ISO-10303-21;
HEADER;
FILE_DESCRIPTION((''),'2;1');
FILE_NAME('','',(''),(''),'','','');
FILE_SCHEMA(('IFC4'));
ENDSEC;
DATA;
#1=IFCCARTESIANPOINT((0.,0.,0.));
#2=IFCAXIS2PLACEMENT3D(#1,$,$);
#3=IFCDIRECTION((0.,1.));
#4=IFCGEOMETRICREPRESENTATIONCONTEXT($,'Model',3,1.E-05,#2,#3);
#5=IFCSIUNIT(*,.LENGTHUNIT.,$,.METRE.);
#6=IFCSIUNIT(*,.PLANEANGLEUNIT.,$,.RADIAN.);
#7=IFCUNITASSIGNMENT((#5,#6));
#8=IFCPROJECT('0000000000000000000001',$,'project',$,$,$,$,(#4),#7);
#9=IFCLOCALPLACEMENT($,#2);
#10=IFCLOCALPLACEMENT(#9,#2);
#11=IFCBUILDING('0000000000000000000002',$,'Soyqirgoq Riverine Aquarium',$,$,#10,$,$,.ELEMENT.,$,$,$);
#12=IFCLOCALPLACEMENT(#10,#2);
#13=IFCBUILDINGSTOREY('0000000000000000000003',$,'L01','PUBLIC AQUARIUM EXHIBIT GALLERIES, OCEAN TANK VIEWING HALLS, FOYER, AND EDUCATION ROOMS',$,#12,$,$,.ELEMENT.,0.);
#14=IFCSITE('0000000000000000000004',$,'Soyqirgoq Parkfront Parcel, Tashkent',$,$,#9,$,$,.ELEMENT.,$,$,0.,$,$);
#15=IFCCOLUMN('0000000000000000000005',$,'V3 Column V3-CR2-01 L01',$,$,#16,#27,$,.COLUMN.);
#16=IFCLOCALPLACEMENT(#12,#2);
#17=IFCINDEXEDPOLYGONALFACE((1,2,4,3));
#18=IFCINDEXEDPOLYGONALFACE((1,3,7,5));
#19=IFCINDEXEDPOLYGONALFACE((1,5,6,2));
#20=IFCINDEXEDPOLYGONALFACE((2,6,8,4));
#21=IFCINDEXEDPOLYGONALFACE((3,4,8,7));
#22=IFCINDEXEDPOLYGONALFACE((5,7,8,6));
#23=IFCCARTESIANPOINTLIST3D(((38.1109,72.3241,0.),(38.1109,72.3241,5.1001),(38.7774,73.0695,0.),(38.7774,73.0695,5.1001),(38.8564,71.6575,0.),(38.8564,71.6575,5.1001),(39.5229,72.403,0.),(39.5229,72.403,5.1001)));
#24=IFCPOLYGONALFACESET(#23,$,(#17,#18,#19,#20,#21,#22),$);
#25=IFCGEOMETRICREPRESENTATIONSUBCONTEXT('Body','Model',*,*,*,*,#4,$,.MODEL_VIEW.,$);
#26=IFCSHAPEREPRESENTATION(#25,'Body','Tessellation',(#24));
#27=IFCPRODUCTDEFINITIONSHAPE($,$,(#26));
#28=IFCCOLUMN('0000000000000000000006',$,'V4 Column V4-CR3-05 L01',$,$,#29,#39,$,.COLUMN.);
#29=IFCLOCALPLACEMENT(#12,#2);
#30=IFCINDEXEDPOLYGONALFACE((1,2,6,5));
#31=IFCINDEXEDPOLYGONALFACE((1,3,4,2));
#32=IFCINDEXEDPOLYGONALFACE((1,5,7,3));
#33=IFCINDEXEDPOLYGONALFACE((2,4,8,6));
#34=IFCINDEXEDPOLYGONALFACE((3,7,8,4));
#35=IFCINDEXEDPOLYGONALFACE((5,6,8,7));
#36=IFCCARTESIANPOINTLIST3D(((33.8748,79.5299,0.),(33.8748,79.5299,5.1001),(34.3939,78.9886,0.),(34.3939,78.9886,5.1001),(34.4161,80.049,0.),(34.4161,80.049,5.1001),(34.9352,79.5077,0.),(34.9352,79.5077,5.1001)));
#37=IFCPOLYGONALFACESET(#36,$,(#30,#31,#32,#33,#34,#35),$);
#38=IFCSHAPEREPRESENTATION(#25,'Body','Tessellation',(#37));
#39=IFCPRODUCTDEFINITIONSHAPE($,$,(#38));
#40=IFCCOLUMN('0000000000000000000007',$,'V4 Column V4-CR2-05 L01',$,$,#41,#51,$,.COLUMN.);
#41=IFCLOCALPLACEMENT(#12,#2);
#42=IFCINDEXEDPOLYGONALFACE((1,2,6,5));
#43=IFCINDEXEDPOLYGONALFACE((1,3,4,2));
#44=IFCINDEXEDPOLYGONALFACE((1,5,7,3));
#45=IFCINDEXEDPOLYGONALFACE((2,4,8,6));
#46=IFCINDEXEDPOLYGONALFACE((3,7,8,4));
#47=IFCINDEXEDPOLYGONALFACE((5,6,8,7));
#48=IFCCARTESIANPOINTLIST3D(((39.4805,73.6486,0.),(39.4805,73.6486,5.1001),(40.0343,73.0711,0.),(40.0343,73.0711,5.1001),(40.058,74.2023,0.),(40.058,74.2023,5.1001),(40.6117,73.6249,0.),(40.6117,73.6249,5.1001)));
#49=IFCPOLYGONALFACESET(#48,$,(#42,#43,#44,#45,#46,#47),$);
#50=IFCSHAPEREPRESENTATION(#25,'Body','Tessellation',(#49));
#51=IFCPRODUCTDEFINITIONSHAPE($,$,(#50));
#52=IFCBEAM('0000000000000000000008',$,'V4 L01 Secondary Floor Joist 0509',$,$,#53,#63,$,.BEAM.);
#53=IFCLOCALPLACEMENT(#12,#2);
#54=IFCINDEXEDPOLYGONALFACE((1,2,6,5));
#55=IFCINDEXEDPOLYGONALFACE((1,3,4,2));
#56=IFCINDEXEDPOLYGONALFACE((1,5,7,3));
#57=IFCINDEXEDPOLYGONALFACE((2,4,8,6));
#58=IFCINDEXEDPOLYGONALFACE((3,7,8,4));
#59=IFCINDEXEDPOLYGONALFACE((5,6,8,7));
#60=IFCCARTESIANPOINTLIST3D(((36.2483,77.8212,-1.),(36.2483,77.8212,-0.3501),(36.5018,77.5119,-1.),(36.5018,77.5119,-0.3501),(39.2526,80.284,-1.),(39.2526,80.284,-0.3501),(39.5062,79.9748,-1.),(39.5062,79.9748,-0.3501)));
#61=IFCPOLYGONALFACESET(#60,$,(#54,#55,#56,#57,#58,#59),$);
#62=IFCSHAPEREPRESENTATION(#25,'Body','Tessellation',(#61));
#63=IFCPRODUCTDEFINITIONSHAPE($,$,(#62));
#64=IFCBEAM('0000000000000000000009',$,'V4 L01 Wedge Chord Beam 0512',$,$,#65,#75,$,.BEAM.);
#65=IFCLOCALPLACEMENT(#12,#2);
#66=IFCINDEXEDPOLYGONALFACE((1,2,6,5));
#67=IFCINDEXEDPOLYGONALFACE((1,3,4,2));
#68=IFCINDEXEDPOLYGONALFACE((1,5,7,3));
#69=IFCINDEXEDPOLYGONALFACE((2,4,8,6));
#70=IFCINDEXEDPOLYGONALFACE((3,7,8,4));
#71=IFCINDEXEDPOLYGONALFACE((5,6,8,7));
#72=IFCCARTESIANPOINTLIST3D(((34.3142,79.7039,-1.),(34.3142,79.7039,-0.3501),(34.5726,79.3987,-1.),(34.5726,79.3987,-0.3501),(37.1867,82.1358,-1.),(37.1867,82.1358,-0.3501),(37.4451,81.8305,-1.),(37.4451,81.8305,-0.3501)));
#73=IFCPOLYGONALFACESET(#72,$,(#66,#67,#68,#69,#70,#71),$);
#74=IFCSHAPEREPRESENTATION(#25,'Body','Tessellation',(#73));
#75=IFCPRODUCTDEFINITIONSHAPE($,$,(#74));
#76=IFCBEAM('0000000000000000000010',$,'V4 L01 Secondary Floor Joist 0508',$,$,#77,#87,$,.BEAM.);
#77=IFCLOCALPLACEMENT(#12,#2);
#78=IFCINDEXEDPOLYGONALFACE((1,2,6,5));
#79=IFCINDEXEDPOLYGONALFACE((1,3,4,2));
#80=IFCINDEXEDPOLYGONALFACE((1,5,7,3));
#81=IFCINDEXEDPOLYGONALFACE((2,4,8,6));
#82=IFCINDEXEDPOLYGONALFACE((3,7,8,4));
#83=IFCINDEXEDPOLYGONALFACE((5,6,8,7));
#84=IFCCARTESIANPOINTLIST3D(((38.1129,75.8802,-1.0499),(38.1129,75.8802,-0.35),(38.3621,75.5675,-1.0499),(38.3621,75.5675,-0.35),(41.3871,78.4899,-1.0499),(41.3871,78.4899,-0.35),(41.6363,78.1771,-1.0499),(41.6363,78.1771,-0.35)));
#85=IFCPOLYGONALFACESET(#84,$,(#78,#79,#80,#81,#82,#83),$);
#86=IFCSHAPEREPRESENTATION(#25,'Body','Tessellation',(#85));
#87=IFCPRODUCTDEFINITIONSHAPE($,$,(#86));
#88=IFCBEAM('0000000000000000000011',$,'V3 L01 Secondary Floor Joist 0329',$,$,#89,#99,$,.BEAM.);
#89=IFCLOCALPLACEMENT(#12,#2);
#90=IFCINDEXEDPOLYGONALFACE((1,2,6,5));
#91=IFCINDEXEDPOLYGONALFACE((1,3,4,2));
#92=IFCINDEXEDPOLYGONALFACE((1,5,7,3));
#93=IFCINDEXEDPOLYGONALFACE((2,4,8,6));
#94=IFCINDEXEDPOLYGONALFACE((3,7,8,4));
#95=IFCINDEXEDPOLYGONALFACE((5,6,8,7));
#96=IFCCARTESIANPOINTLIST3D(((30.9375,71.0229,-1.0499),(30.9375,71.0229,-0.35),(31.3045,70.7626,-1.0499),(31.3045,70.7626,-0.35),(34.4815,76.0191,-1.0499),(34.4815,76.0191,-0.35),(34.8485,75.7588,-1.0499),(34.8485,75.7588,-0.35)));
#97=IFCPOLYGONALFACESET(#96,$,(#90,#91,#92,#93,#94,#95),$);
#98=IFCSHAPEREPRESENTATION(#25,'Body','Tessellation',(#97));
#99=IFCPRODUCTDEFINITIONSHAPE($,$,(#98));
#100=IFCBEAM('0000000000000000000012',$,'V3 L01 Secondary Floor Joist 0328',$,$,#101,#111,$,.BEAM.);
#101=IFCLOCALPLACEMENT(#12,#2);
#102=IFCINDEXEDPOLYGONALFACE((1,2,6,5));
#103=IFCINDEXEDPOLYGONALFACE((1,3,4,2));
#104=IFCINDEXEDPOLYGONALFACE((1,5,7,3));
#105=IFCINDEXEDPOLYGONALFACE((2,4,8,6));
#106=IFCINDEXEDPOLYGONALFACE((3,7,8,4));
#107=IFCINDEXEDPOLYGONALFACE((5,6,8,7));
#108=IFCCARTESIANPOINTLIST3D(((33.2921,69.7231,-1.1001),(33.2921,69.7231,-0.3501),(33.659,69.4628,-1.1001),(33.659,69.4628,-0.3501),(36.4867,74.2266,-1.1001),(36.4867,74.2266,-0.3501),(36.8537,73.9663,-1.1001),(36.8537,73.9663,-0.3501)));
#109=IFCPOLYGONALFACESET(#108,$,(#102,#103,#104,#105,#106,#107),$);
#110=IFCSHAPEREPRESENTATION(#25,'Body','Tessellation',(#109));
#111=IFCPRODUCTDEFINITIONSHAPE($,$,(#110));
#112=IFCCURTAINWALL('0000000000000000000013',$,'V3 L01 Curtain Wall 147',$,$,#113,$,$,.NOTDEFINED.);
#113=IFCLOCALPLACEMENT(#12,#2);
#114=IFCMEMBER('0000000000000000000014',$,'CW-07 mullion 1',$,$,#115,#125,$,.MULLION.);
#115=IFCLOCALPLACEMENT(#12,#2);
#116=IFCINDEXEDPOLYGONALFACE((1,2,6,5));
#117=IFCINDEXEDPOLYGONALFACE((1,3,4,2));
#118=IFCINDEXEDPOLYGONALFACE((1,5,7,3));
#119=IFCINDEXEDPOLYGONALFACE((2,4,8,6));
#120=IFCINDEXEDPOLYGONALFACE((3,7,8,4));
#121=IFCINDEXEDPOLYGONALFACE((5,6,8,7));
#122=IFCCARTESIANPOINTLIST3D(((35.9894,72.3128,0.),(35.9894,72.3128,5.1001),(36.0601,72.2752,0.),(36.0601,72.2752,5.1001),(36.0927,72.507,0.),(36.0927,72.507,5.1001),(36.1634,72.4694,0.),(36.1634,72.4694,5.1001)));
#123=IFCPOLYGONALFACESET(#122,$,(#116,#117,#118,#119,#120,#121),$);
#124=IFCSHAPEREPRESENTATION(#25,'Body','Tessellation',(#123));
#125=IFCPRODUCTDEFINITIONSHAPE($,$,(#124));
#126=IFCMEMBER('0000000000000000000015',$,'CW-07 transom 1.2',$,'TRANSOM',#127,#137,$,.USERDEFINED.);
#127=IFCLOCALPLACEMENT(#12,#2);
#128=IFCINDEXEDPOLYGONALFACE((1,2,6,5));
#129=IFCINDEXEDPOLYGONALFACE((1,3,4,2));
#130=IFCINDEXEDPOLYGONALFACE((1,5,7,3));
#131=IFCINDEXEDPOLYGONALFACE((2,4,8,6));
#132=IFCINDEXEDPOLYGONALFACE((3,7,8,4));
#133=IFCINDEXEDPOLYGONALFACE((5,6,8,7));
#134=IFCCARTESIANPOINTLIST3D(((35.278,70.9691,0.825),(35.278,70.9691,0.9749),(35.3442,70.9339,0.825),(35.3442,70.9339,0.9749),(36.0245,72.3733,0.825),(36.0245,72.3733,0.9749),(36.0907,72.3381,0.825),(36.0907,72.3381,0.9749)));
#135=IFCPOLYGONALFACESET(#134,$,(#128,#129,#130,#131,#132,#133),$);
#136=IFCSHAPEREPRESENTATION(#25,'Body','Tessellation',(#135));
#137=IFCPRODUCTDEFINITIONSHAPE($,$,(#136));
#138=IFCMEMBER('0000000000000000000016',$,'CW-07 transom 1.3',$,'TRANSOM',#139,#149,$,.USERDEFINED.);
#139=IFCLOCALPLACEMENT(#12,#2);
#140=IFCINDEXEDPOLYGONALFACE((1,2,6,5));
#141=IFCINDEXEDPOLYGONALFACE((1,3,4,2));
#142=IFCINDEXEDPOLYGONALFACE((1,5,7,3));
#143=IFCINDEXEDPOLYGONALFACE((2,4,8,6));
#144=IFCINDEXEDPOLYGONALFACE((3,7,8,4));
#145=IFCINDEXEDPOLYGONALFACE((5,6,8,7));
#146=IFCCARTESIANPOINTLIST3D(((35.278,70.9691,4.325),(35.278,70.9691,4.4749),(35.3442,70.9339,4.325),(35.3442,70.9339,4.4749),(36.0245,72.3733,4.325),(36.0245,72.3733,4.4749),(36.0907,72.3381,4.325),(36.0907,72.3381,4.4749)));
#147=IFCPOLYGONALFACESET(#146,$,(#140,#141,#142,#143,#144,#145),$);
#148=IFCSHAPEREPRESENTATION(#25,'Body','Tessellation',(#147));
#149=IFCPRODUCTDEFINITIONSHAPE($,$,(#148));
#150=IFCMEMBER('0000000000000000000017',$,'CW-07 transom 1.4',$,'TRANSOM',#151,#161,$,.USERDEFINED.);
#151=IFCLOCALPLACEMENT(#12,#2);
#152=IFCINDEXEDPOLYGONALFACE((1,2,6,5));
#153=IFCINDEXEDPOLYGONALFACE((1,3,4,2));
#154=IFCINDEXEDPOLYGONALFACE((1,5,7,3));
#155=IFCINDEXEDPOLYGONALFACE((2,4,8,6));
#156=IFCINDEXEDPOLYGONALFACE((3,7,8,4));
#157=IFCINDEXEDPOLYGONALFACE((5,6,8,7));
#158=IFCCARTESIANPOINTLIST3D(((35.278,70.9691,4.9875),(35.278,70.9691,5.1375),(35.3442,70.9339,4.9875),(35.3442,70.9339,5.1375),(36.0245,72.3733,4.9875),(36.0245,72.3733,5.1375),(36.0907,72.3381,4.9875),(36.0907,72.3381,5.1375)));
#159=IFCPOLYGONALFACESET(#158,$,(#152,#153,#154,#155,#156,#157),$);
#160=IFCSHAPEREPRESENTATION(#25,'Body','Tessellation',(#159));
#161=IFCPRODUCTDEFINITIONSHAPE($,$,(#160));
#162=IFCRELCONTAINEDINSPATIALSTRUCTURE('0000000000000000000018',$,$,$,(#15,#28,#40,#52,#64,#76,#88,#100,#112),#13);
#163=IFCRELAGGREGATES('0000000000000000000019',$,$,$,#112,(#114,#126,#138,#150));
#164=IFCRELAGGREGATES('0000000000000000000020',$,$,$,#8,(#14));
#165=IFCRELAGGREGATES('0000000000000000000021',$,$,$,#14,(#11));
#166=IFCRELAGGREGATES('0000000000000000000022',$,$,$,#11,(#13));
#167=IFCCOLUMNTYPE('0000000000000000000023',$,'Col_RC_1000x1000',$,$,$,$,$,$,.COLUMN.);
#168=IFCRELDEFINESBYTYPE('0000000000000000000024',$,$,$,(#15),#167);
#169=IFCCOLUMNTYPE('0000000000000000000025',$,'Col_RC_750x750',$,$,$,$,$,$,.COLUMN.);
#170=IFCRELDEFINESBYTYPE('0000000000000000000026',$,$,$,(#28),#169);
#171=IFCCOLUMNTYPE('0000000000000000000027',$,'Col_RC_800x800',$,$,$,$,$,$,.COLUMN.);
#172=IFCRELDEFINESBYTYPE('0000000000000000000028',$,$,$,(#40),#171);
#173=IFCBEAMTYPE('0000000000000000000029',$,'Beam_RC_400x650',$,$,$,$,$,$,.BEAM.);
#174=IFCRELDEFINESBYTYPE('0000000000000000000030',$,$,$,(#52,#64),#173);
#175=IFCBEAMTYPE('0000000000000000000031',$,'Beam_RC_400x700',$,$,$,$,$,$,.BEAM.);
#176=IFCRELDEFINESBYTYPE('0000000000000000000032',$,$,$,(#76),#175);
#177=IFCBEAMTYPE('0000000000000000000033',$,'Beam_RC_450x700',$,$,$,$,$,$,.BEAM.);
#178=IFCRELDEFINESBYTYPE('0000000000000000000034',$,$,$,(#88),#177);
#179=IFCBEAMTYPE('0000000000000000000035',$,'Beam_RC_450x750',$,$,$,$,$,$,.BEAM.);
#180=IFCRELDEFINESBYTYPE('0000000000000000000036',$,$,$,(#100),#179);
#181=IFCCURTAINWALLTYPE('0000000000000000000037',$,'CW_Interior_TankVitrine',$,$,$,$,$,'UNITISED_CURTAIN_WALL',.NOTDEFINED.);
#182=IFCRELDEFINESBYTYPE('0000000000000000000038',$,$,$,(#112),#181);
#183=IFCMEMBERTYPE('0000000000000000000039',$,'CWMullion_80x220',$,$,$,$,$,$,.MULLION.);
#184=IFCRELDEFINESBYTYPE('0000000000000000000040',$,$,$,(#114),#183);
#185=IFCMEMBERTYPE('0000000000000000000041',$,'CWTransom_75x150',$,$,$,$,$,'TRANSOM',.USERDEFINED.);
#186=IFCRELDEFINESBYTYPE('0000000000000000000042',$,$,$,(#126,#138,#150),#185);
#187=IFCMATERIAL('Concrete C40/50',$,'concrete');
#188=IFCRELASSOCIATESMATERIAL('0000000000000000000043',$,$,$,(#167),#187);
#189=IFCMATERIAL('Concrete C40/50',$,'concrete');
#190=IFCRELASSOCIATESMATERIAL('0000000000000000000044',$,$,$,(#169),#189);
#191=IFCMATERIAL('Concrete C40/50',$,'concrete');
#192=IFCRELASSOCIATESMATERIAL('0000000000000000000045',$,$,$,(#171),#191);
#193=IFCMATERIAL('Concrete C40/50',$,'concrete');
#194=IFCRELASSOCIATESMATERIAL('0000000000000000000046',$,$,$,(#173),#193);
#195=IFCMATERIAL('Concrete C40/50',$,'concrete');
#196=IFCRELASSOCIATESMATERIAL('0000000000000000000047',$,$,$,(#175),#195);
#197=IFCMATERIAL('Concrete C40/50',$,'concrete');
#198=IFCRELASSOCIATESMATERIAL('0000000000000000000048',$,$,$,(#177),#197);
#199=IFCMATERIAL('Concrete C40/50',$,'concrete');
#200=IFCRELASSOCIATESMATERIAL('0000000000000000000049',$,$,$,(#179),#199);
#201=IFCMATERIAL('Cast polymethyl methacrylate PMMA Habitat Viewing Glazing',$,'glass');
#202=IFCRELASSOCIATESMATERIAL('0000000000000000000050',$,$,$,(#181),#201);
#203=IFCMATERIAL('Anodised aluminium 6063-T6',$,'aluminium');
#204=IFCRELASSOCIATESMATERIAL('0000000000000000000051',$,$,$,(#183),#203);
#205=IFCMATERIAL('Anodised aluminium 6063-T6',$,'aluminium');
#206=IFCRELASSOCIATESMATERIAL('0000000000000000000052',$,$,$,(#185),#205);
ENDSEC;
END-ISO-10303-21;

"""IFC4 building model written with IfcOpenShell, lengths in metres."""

from ifc_helpers import new_model, si_unit, direction, frame, origin, origin_2d, place, context, subcontext, project, spatial, rectangle, extrude, material, material_profile, profile_set, type_object, element, aggregate, save


model = new_model("IFC4")

# Units and contexts
model_context = context("Model", 3, precision=1e-05, world=origin(), true_north=direction((0.0, 1.0)))
body_context = subcontext(model_context, "Body", "Model", "MODEL_VIEW")
ifc_project = project(units=[si_unit("LENGTHUNIT", "METRE"), si_unit("PLANEANGLEUNIT", "RADIAN")], contexts=[model_context])

# Site, building, storey
site_placement = place(None, origin())
site = spatial("IfcSite", under=ifc_project, at=site_placement, Name="Soyqirgoq Parkfront Parcel, Tashkent", CompositionType="ELEMENT", RefElevation=0.0)
building_placement = place(site_placement, origin())
building = spatial("IfcBuilding", under=site, at=building_placement, Name="Soyqirgoq Riverine Aquarium", CompositionType="ELEMENT")
storey_placement = place(building_placement, origin())
storey = spatial("IfcBuildingStorey", under=building, at=storey_placement, Name="L01", Description="PUBLIC AQUARIUM EXHIBIT GALLERIES, OCEAN TANK VIEWING HALLS, FOYER, AND EDUCATION ROOMS", CompositionType="ELEMENT", Elevation=0.0)

# Columns
ifc_material_1 = material(Name="Concrete C40/50", Category="concrete")
ifc_material_profile_1 = material_profile(ifc_material_1, rectangle(XDim=1.0, YDim=1.0, at=origin_2d()), Name="RC 1000x1000")
ifc_profile_set_1 = profile_set([ifc_material_profile_1], Name="Concrete C40/50")
column_type_1 = type_object("IfcColumnType", Name="Col_RC_1000x1000", PredefinedType="COLUMN", material=ifc_profile_set_1)
column_1_placement = place(storey_placement, frame((38.8169, 72.3635, 0.0), z_axis=(0.0, 0.0, 1.0), x_axis=(-0.745476, 0.666532, 0.0)))
element("IfcColumn", 1, at=column_1_placement, inside=storey, type_object=column_type_1, Name="V3 Column V3-CR2-01 L01", PredefinedType="COLUMN", context=body_context, shape_type="SweptSolid", body=[
    extrude(rectangle(XDim=1.0, YDim=1.0, at=origin_2d()), origin(), (0.0, 0.0, 1.0), 5.1001),
])
ifc_material_2 = material(Name="Concrete C40/50", Category="concrete")
ifc_material_profile_2 = material_profile(ifc_material_2, rectangle(XDim=0.75, YDim=0.75, at=origin_2d()), Name="RC 750x750")
ifc_profile_set_2 = profile_set([ifc_material_profile_2], Name="Concrete C40/50")
column_type_2 = type_object("IfcColumnType", Name="Col_RC_750x750", PredefinedType="COLUMN", material=ifc_profile_set_2)
column_2_placement = place(storey_placement, frame((34.405, 79.5188, 0.0), z_axis=(0.0, 0.0, 1.0), x_axis=(-0.692143, 0.72176, 0.0)))
element("IfcColumn", 2, at=column_2_placement, inside=storey, type_object=column_type_2, Name="V4 Column V4-CR3-05 L01", PredefinedType="COLUMN", context=body_context, shape_type="SweptSolid", body=[
    extrude(rectangle(XDim=0.75, YDim=0.75, at=origin_2d()), origin(), (0.0, 0.0, 1.0), 5.1001),
])
ifc_material_3 = material(Name="Concrete C40/50", Category="concrete")
ifc_material_profile_3 = material_profile(ifc_material_3, rectangle(XDim=0.8, YDim=0.8, at=origin_2d()), Name="RC 800x800")
ifc_profile_set_3 = profile_set([ifc_material_profile_3], Name="Concrete C40/50")
column_type_3 = type_object("IfcColumnType", Name="Col_RC_800x800", PredefinedType="COLUMN", material=ifc_profile_set_3)
column_3_placement = place(storey_placement, frame((40.0461, 73.6367, 0.0), z_axis=(0.0, 0.0, 1.0), x_axis=(-0.692143, 0.72176, 0.0)))
element("IfcColumn", 3, at=column_3_placement, inside=storey, type_object=column_type_3, Name="V4 Column V4-CR2-05 L01", PredefinedType="COLUMN", context=body_context, shape_type="SweptSolid", body=[
    extrude(rectangle(XDim=0.8, YDim=0.8, at=origin_2d()), origin(), (0.0, 0.0, 1.0), 5.1001),
])

# Beams
ifc_material_4 = material(Name="Concrete C40/50", Category="concrete")
ifc_material_profile_4 = material_profile(ifc_material_4, rectangle(XDim=0.3999, YDim=0.6499, at=origin_2d()), Name="RC 400x650")
ifc_profile_set_4 = profile_set([ifc_material_profile_4], Name="Concrete C40/50")
beam_type_1 = type_object("IfcBeamType", Name="Beam_RC_400x650", PredefinedType="BEAM", material=ifc_profile_set_4)
beam_1_placement = place(storey_placement, frame((39.3794, 80.1294, -0.675), z_axis=(-0.773358, -0.63397, 0.0), x_axis=(0.63397, -0.773358, 0.0)))
element("IfcBeam", 4, at=beam_1_placement, inside=storey, type_object=beam_type_1, Name="V4 L01 Secondary Floor Joist 0509", PredefinedType="BEAM", context=body_context, shape_type="SweptSolid", body=[
    extrude(rectangle(XDim=0.3999, YDim=0.6499, at=origin_2d()), origin(), (0.0, 0.0, 1.0), 3.8848),
])
beam_2_placement = place(storey_placement, frame((37.3159, 81.9832, -0.675), z_axis=(-0.763221, -0.646137, 0.0), x_axis=(0.646137, -0.763221, 0.0)))
element("IfcBeam", 5, at=beam_2_placement, inside=storey, type_object=beam_type_1, Name="V4 L01 Wedge Chord Beam 0512", PredefinedType="BEAM", context=body_context, shape_type="SweptSolid", body=[
    extrude(rectangle(XDim=0.3999, YDim=0.6499, at=origin_2d()), origin(), (0.0, 0.0, 1.0), 3.7637),
])
ifc_material_5 = material(Name="Concrete C40/50", Category="concrete")
ifc_material_profile_5 = material_profile(ifc_material_5, rectangle(XDim=0.3999, YDim=0.7, at=origin_2d()), Name="RC 400x700")
ifc_profile_set_5 = profile_set([ifc_material_profile_5], Name="Concrete C40/50")
beam_type_2 = type_object("IfcBeamType", Name="Beam_RC_400x700", PredefinedType="BEAM", material=ifc_profile_set_5)
beam_3_placement = place(storey_placement, frame((41.5117, 78.3335, -0.7), z_axis=(-0.782, -0.623279, 0.0), x_axis=(0.623279, -0.782, 0.0)))
element("IfcBeam", 6, at=beam_3_placement, inside=storey, type_object=beam_type_2, Name="V4 L01 Secondary Floor Joist 0508", PredefinedType="BEAM", context=body_context, shape_type="SweptSolid", body=[
    extrude(rectangle(XDim=0.3999, YDim=0.7, at=origin_2d()), origin(), (0.0, 0.0, 1.0), 4.187),
])
ifc_material_6 = material(Name="Concrete C40/50", Category="concrete")
ifc_material_profile_6 = material_profile(ifc_material_6, rectangle(XDim=0.45, YDim=0.7, at=origin_2d()), Name="RC 450x700")
ifc_profile_set_6 = profile_set([ifc_material_profile_6], Name="Concrete C40/50")
beam_type_3 = type_object("IfcBeamType", Name="Beam_RC_450x700", PredefinedType="BEAM", material=ifc_profile_set_6)
beam_4_placement = place(storey_placement, frame((34.665, 75.8889, -0.7), z_axis=(-0.578566, -0.815636, 0.0), x_axis=(0.815636, -0.578566, 0.0)))
element("IfcBeam", 7, at=beam_4_placement, inside=storey, type_object=beam_type_3, Name="V3 L01 Secondary Floor Joist 0329", PredefinedType="BEAM", context=body_context, shape_type="SweptSolid", body=[
    extrude(rectangle(XDim=0.45, YDim=0.7, at=origin_2d()), origin(), (0.0, 0.0, 1.0), 6.1255),
])
ifc_material_7 = material(Name="Concrete C40/50", Category="concrete")
ifc_material_profile_7 = material_profile(ifc_material_7, rectangle(XDim=0.45, YDim=0.75, at=origin_2d()), Name="RC 450x750")
ifc_profile_set_7 = profile_set([ifc_material_profile_7], Name="Concrete C40/50")
beam_type_4 = type_object("IfcBeamType", Name="Beam_RC_450x750", PredefinedType="BEAM", material=ifc_profile_set_7)
beam_5_placement = place(storey_placement, frame((36.6702, 74.0964, -0.7251), z_axis=(-0.578579, -0.815626, 0.0), x_axis=(0.815626, -0.578579, 0.0)))
element("IfcBeam", 8, at=beam_5_placement, inside=storey, type_object=beam_type_4, Name="V3 L01 Secondary Floor Joist 0328", PredefinedType="BEAM", context=body_context, shape_type="SweptSolid", body=[
    extrude(rectangle(XDim=0.45, YDim=0.75, at=origin_2d()), origin(), (0.0, 0.0, 1.0), 5.5215),
])

# Curtain wall, members
ifc_material_8 = material(Name="Cast polymethyl methacrylate PMMA Habitat Viewing Glazing", Category="glass")
curtain_wall_type = type_object("IfcCurtainWallType", Name="CW_Interior_TankVitrine", ElementType="UNITISED_CURTAIN_WALL", PredefinedType="NOTDEFINED", material=ifc_material_8)
curtain_wall_placement = place(storey_placement, origin())
curtain_wall = element("IfcCurtainWall", 9, at=curtain_wall_placement, inside=storey, type_object=curtain_wall_type, Name="V3 L01 Curtain Wall 147", PredefinedType="NOTDEFINED")
ifc_material_9 = material(Name="Anodised aluminium 6063-T6", Category="aluminium")
ifc_material_profile_8 = material_profile(ifc_material_9, rectangle(XDim=0.0801, YDim=0.22, at=origin_2d()), Name="ALU-M 80x220")
ifc_profile_set_8 = profile_set([ifc_material_profile_8], Name="Anodised aluminium 6063-T6")
member_type_1 = type_object("IfcMemberType", Name="CWMullion_80x220", PredefinedType="MULLION", material=ifc_profile_set_8)
member_1_placement = place(storey_placement, frame((36.0764, 72.3911, 0.0), z_axis=(0.0, 0.0, 1.0), x_axis=(0.882947, -0.469473, 0.0)))
member_1 = element("IfcMember", 10, at=member_1_placement, type_object=member_type_1, Name="CW-07 mullion 1", PredefinedType="MULLION", context=body_context, shape_type="SweptSolid", body=[
    extrude(rectangle(XDim=0.0801, YDim=0.22, at=origin_2d()), origin(), (0.0, 0.0, 1.0), 5.1001),
])
ifc_material_10 = material(Name="Anodised aluminium 6063-T6", Category="aluminium")
ifc_material_profile_9 = material_profile(ifc_material_10, rectangle(XDim=0.075, YDim=0.1499, at=origin_2d()), Name="ALU-T 75x150")
ifc_profile_set_9 = profile_set([ifc_material_profile_9], Name="Anodised aluminium 6063-T6")
member_type_2 = type_object("IfcMemberType", Name="CWTransom_75x150", ElementType="TRANSOM", PredefinedType="USERDEFINED", material=ifc_profile_set_9)
member_2_placement = place(storey_placement, frame((36.0576, 72.3557, 0.8999), z_axis=(-0.469425, -0.882973, 0.0), x_axis=(0.882973, -0.469425, 0.0)))
member_2 = element("IfcMember", 11, at=member_2_placement, type_object=member_type_2, Name="CW-07 transom 1.2", ObjectType="TRANSOM", PredefinedType="USERDEFINED", context=body_context, shape_type="SweptSolid", body=[
    extrude(rectangle(XDim=0.075, YDim=0.1499, at=origin_2d()), origin(), (0.0, 0.0, 1.0), 1.5903),
])
member_3_placement = place(storey_placement, frame((36.0576, 72.3557, 4.3999), z_axis=(-0.469425, -0.882973, 0.0), x_axis=(0.882973, -0.469425, 0.0)))
member_3 = element("IfcMember", 12, at=member_3_placement, type_object=member_type_2, Name="CW-07 transom 1.3", ObjectType="TRANSOM", PredefinedType="USERDEFINED", context=body_context, shape_type="SweptSolid", body=[
    extrude(rectangle(XDim=0.075, YDim=0.1499, at=origin_2d()), origin(), (0.0, 0.0, 1.0), 1.5903),
])
member_4_placement = place(storey_placement, frame((36.0576, 72.3557, 5.0625), z_axis=(-0.469425, -0.882973, 0.0), x_axis=(0.882973, -0.469425, 0.0)))
member_4 = element("IfcMember", 13, at=member_4_placement, type_object=member_type_2, Name="CW-07 transom 1.4", ObjectType="TRANSOM", PredefinedType="USERDEFINED", context=body_context, shape_type="SweptSolid", body=[
    extrude(rectangle(XDim=0.075, YDim=0.1499, at=origin_2d()), origin(), (0.0, 0.0, 1.0), 1.5903),
])
aggregate(curtain_wall, [member_1, member_2, member_3, member_4])

save(model, "model.ifc")
